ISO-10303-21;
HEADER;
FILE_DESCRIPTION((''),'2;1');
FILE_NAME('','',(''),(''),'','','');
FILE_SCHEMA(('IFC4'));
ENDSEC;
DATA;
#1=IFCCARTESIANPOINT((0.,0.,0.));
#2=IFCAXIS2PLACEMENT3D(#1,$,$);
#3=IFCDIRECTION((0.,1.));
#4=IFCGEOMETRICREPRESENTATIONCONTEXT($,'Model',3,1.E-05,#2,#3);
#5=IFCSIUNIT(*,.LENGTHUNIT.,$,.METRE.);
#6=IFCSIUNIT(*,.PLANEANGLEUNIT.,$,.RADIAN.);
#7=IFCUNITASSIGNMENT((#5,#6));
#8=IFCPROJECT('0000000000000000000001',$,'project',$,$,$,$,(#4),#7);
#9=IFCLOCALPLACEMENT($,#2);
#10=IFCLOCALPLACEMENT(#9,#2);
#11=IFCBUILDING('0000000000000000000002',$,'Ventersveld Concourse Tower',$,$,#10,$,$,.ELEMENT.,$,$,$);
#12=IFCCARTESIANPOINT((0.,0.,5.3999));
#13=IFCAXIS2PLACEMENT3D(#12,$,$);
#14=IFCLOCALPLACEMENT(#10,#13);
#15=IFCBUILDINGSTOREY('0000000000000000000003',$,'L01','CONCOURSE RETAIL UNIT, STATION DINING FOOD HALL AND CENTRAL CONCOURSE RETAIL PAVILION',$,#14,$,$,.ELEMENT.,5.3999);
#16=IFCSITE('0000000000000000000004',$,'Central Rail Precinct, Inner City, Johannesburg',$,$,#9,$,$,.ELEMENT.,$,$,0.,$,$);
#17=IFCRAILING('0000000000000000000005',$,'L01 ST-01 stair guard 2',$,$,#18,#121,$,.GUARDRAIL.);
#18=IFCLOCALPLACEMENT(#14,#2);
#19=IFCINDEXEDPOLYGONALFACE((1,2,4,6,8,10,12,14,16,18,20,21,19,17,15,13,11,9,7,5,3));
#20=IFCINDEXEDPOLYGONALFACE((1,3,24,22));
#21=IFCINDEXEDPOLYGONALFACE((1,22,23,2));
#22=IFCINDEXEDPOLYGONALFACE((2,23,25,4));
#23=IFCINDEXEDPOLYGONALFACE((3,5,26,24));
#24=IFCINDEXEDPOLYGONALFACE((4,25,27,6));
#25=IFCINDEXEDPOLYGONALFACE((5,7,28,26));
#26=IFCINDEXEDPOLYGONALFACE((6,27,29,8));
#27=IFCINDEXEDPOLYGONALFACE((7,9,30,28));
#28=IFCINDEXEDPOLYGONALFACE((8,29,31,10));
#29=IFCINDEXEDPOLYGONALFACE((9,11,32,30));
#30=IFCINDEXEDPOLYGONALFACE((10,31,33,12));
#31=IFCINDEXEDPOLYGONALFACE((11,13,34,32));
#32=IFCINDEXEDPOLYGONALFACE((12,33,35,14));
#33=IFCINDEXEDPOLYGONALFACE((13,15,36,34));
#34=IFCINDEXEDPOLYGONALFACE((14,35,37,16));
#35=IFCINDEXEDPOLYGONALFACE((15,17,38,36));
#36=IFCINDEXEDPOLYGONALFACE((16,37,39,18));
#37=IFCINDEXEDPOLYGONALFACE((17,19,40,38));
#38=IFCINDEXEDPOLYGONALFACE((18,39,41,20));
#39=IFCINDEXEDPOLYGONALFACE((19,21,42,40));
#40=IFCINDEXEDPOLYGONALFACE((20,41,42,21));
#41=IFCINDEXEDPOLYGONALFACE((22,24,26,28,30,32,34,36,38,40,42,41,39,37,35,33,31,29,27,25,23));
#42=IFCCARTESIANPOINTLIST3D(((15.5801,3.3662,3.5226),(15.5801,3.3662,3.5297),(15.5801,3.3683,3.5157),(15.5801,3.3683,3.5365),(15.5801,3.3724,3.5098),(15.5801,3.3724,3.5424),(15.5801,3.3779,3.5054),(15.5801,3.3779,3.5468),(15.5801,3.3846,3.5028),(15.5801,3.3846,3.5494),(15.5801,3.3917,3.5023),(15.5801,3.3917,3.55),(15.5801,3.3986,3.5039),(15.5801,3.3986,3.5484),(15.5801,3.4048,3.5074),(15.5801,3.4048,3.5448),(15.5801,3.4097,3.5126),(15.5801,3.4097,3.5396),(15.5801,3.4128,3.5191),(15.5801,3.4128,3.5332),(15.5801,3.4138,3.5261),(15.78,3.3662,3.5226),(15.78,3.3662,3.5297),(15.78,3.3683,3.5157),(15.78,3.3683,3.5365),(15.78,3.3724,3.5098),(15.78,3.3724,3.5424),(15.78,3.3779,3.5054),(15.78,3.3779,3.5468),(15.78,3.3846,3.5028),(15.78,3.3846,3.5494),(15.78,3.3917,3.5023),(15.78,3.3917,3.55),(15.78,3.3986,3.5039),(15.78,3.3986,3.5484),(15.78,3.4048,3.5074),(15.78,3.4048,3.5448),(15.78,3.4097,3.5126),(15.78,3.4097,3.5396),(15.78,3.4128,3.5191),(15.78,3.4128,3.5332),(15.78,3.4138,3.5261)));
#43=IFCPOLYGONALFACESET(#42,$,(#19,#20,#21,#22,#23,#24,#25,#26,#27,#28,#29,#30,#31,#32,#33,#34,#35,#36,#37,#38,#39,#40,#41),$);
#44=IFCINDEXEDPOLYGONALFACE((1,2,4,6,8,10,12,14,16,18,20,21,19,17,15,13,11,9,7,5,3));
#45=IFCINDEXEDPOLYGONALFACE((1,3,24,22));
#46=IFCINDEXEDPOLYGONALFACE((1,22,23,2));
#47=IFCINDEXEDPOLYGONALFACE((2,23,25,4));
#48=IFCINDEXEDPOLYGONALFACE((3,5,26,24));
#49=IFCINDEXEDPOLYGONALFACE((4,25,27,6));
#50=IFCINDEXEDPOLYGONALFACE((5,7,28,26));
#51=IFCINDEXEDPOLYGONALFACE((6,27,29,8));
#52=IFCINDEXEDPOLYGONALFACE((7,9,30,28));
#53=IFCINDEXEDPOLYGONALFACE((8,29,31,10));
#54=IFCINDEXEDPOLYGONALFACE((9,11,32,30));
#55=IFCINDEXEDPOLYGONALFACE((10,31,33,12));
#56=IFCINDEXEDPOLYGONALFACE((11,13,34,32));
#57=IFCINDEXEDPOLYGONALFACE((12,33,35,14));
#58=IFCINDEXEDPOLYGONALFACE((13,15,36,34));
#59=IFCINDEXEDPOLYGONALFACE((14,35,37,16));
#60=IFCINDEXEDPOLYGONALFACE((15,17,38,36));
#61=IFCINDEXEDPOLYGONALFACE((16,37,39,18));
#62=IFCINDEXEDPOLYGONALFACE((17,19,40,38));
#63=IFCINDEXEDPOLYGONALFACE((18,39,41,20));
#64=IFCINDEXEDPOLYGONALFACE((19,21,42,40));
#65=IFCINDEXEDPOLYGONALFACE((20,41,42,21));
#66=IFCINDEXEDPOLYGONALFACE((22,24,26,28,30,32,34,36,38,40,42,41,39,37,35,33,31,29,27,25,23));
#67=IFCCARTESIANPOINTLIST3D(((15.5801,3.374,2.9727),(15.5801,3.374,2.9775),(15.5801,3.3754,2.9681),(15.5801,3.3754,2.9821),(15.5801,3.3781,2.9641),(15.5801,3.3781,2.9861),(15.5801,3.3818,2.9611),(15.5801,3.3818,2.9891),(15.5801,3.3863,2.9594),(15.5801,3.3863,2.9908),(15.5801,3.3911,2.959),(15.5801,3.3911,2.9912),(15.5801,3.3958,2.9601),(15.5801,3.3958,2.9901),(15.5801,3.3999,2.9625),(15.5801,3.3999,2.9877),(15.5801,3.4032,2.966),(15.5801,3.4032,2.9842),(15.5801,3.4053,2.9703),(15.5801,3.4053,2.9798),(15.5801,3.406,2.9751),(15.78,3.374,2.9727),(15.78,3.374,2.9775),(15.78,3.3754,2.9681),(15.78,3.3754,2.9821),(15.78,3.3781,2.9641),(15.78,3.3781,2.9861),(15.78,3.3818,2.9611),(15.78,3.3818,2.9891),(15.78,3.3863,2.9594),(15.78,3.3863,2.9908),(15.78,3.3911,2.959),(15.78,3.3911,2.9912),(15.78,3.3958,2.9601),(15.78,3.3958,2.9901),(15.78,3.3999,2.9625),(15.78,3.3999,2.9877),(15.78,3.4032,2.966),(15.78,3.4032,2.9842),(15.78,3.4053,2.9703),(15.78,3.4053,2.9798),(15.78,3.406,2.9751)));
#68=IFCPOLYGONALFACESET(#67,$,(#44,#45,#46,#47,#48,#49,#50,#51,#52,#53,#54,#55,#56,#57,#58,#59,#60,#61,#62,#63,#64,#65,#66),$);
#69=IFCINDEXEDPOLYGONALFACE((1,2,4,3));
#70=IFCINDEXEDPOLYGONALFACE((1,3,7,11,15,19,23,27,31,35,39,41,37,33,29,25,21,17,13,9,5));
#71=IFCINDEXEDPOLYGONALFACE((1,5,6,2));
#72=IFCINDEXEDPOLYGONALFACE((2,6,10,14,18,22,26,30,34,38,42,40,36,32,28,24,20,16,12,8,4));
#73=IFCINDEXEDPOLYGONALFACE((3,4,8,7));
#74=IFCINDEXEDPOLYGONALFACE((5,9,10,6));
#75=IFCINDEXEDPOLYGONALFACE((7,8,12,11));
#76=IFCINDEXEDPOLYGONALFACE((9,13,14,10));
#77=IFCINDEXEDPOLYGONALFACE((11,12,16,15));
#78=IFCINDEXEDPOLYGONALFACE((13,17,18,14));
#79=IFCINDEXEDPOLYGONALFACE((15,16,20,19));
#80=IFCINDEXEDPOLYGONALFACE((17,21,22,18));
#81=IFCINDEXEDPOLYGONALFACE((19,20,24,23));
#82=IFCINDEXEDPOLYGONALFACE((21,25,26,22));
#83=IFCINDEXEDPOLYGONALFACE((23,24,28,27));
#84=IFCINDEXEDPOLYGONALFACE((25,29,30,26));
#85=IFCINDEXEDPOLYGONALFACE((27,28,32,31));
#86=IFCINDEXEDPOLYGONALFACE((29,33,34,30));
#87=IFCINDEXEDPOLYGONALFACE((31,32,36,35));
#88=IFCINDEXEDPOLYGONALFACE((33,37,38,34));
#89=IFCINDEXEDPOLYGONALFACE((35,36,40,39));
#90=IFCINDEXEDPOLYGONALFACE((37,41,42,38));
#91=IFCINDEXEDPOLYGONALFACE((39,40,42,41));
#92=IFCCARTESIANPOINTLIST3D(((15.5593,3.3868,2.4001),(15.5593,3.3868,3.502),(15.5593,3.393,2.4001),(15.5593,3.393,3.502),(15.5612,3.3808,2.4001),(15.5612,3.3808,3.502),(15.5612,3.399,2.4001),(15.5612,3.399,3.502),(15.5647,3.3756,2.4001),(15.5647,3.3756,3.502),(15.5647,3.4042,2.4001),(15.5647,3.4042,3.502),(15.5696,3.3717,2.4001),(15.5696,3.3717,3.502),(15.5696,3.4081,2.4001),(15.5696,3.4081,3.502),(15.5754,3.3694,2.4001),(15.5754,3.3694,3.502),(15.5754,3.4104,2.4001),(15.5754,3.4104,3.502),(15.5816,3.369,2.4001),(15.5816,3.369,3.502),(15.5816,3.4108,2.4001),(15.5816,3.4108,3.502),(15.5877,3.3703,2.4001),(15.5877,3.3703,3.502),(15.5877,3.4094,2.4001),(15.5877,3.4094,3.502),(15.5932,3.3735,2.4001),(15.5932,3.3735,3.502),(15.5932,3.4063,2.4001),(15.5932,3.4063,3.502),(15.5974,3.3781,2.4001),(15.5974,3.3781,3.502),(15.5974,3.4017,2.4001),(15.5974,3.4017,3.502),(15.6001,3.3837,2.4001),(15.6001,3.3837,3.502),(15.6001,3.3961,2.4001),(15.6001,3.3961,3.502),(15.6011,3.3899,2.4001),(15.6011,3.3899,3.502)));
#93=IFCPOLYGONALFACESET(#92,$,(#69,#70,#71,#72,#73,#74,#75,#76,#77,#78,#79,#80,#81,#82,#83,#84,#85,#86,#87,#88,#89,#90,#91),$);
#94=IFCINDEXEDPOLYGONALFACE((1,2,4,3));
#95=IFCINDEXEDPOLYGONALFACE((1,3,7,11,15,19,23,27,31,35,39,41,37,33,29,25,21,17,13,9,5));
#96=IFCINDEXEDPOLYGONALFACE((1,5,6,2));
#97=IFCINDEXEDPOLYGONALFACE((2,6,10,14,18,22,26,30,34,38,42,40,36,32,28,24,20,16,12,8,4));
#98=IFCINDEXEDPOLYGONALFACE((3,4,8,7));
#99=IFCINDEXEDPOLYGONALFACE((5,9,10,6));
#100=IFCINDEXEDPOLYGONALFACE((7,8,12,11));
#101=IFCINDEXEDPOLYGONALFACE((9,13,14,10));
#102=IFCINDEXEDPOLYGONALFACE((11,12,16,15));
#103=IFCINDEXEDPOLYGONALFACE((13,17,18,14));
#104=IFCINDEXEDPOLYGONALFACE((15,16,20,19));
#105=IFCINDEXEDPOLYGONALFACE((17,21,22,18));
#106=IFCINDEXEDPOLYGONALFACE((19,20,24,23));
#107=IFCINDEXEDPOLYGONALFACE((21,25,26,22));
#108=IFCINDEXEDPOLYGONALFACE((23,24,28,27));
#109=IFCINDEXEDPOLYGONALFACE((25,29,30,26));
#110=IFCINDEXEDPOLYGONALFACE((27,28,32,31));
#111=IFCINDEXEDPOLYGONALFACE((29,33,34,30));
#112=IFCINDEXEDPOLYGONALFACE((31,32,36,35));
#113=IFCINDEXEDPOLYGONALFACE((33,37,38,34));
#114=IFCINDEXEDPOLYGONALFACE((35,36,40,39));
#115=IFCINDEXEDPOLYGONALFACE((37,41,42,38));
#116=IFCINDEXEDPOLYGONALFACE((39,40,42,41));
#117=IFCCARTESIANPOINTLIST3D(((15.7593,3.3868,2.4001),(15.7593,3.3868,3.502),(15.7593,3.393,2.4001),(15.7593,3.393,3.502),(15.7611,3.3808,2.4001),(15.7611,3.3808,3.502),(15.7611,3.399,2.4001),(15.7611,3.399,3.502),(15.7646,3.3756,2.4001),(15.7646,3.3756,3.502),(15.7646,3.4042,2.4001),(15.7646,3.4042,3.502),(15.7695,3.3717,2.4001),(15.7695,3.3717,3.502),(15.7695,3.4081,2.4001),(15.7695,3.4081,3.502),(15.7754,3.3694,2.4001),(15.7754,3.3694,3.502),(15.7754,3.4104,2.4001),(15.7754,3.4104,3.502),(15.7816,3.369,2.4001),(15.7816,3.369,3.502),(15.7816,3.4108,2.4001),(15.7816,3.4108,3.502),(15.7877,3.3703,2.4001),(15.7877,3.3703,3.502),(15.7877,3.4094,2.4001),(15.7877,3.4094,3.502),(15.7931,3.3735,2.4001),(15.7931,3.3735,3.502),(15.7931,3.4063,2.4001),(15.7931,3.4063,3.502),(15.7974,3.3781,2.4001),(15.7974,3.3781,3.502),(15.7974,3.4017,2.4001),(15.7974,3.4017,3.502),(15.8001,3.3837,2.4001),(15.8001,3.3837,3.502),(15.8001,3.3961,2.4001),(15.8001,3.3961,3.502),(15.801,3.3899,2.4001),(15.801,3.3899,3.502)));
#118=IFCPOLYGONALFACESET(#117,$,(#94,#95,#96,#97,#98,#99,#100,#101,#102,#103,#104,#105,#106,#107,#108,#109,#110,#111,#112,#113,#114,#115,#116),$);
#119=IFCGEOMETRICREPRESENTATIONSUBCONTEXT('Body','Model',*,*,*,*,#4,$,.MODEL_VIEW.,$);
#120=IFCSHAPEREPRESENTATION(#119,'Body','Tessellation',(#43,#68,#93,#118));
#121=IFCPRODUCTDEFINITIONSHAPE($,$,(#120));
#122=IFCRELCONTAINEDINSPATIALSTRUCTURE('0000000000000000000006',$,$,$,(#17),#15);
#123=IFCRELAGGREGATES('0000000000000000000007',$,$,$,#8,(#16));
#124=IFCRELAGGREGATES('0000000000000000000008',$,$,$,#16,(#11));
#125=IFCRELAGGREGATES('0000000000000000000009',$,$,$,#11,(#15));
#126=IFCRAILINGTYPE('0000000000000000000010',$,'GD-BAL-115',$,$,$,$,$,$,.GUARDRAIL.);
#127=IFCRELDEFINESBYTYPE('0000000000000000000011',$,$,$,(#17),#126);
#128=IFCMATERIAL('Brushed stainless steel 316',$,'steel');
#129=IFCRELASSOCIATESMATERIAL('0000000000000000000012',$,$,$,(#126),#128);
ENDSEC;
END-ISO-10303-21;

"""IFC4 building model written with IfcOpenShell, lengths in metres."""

from ifc_helpers import new_model, si_unit, direction, frame, origin, origin_2d, place, context, subcontext, project, spatial, circle, extrude, material, type_object, element, save


model = new_model("IFC4")

# Units and contexts
model_context = context("Model", 3, precision=1e-05, world=origin(), true_north=direction((0.0, 1.0)))
body_context = subcontext(model_context, "Body", "Model", "MODEL_VIEW")
ifc_project = project(units=[si_unit("LENGTHUNIT", "METRE"), si_unit("PLANEANGLEUNIT", "RADIAN")], contexts=[model_context])

# Site, building, storey
site_placement = place(None, origin())
site = spatial("IfcSite", under=ifc_project, at=site_placement, Name="Central Rail Precinct, Inner City, Johannesburg", CompositionType="ELEMENT", RefElevation=0.0)
building_placement = place(site_placement, origin())
building = spatial("IfcBuilding", under=site, at=building_placement, Name="Ventersveld Concourse Tower", CompositionType="ELEMENT")
storey_placement = place(building_placement, frame((0.0, 0.0, 5.3999)))
storey = spatial("IfcBuildingStorey", under=building, at=storey_placement, Name="L01", Description="CONCOURSE RETAIL UNIT, STATION DINING FOOD HALL AND CENTRAL CONCOURSE RETAIL PAVILION", CompositionType="ELEMENT", Elevation=5.3999)

# Shared definitions
ifc_material_1 = material(Name="Brushed stainless steel 316", Category="steel")

# Railing
railing_type_1 = type_object("IfcRailingType", Name="GD-BAL-115", PredefinedType="GUARDRAIL", material=ifc_material_1)
railing_1_placement = place(storey_placement, frame((15.5801, 3.3899, 2.4001)))
element("IfcRailing", 1, at=railing_1_placement, inside=storey, type_object=railing_type_1, Name="L01 ST-01 stair guard 2", PredefinedType="GUARDRAIL", context=body_context, shape_type="SweptSolid", body=[
    extrude(circle(Radius=0.0239, at=origin_2d()), frame((0.0, 0.0, 1.126), z_axis=(1.0, 0.0, 0.0), x_axis=(0.0, 1.0, 0.0)), (0.0, 0.0, 1.0), 0.2),
    extrude(circle(Radius=0.0161, at=origin_2d()), frame((0.0, 0.0, 0.575), z_axis=(1.0, 0.0, 0.0), x_axis=(0.0, 1.0, 0.0)), (0.0, 0.0, 1.0), 0.2),
    extrude(circle(Radius=0.021, at=origin_2d()), origin(), (0.0, 0.0, 1.0), 1.1018),
    extrude(circle(Radius=0.021, at=origin_2d()), frame((0.2, 0.0, 0.0)), (0.0, 0.0, 1.0), 1.1018),
])

save(model, "model.ifc")
